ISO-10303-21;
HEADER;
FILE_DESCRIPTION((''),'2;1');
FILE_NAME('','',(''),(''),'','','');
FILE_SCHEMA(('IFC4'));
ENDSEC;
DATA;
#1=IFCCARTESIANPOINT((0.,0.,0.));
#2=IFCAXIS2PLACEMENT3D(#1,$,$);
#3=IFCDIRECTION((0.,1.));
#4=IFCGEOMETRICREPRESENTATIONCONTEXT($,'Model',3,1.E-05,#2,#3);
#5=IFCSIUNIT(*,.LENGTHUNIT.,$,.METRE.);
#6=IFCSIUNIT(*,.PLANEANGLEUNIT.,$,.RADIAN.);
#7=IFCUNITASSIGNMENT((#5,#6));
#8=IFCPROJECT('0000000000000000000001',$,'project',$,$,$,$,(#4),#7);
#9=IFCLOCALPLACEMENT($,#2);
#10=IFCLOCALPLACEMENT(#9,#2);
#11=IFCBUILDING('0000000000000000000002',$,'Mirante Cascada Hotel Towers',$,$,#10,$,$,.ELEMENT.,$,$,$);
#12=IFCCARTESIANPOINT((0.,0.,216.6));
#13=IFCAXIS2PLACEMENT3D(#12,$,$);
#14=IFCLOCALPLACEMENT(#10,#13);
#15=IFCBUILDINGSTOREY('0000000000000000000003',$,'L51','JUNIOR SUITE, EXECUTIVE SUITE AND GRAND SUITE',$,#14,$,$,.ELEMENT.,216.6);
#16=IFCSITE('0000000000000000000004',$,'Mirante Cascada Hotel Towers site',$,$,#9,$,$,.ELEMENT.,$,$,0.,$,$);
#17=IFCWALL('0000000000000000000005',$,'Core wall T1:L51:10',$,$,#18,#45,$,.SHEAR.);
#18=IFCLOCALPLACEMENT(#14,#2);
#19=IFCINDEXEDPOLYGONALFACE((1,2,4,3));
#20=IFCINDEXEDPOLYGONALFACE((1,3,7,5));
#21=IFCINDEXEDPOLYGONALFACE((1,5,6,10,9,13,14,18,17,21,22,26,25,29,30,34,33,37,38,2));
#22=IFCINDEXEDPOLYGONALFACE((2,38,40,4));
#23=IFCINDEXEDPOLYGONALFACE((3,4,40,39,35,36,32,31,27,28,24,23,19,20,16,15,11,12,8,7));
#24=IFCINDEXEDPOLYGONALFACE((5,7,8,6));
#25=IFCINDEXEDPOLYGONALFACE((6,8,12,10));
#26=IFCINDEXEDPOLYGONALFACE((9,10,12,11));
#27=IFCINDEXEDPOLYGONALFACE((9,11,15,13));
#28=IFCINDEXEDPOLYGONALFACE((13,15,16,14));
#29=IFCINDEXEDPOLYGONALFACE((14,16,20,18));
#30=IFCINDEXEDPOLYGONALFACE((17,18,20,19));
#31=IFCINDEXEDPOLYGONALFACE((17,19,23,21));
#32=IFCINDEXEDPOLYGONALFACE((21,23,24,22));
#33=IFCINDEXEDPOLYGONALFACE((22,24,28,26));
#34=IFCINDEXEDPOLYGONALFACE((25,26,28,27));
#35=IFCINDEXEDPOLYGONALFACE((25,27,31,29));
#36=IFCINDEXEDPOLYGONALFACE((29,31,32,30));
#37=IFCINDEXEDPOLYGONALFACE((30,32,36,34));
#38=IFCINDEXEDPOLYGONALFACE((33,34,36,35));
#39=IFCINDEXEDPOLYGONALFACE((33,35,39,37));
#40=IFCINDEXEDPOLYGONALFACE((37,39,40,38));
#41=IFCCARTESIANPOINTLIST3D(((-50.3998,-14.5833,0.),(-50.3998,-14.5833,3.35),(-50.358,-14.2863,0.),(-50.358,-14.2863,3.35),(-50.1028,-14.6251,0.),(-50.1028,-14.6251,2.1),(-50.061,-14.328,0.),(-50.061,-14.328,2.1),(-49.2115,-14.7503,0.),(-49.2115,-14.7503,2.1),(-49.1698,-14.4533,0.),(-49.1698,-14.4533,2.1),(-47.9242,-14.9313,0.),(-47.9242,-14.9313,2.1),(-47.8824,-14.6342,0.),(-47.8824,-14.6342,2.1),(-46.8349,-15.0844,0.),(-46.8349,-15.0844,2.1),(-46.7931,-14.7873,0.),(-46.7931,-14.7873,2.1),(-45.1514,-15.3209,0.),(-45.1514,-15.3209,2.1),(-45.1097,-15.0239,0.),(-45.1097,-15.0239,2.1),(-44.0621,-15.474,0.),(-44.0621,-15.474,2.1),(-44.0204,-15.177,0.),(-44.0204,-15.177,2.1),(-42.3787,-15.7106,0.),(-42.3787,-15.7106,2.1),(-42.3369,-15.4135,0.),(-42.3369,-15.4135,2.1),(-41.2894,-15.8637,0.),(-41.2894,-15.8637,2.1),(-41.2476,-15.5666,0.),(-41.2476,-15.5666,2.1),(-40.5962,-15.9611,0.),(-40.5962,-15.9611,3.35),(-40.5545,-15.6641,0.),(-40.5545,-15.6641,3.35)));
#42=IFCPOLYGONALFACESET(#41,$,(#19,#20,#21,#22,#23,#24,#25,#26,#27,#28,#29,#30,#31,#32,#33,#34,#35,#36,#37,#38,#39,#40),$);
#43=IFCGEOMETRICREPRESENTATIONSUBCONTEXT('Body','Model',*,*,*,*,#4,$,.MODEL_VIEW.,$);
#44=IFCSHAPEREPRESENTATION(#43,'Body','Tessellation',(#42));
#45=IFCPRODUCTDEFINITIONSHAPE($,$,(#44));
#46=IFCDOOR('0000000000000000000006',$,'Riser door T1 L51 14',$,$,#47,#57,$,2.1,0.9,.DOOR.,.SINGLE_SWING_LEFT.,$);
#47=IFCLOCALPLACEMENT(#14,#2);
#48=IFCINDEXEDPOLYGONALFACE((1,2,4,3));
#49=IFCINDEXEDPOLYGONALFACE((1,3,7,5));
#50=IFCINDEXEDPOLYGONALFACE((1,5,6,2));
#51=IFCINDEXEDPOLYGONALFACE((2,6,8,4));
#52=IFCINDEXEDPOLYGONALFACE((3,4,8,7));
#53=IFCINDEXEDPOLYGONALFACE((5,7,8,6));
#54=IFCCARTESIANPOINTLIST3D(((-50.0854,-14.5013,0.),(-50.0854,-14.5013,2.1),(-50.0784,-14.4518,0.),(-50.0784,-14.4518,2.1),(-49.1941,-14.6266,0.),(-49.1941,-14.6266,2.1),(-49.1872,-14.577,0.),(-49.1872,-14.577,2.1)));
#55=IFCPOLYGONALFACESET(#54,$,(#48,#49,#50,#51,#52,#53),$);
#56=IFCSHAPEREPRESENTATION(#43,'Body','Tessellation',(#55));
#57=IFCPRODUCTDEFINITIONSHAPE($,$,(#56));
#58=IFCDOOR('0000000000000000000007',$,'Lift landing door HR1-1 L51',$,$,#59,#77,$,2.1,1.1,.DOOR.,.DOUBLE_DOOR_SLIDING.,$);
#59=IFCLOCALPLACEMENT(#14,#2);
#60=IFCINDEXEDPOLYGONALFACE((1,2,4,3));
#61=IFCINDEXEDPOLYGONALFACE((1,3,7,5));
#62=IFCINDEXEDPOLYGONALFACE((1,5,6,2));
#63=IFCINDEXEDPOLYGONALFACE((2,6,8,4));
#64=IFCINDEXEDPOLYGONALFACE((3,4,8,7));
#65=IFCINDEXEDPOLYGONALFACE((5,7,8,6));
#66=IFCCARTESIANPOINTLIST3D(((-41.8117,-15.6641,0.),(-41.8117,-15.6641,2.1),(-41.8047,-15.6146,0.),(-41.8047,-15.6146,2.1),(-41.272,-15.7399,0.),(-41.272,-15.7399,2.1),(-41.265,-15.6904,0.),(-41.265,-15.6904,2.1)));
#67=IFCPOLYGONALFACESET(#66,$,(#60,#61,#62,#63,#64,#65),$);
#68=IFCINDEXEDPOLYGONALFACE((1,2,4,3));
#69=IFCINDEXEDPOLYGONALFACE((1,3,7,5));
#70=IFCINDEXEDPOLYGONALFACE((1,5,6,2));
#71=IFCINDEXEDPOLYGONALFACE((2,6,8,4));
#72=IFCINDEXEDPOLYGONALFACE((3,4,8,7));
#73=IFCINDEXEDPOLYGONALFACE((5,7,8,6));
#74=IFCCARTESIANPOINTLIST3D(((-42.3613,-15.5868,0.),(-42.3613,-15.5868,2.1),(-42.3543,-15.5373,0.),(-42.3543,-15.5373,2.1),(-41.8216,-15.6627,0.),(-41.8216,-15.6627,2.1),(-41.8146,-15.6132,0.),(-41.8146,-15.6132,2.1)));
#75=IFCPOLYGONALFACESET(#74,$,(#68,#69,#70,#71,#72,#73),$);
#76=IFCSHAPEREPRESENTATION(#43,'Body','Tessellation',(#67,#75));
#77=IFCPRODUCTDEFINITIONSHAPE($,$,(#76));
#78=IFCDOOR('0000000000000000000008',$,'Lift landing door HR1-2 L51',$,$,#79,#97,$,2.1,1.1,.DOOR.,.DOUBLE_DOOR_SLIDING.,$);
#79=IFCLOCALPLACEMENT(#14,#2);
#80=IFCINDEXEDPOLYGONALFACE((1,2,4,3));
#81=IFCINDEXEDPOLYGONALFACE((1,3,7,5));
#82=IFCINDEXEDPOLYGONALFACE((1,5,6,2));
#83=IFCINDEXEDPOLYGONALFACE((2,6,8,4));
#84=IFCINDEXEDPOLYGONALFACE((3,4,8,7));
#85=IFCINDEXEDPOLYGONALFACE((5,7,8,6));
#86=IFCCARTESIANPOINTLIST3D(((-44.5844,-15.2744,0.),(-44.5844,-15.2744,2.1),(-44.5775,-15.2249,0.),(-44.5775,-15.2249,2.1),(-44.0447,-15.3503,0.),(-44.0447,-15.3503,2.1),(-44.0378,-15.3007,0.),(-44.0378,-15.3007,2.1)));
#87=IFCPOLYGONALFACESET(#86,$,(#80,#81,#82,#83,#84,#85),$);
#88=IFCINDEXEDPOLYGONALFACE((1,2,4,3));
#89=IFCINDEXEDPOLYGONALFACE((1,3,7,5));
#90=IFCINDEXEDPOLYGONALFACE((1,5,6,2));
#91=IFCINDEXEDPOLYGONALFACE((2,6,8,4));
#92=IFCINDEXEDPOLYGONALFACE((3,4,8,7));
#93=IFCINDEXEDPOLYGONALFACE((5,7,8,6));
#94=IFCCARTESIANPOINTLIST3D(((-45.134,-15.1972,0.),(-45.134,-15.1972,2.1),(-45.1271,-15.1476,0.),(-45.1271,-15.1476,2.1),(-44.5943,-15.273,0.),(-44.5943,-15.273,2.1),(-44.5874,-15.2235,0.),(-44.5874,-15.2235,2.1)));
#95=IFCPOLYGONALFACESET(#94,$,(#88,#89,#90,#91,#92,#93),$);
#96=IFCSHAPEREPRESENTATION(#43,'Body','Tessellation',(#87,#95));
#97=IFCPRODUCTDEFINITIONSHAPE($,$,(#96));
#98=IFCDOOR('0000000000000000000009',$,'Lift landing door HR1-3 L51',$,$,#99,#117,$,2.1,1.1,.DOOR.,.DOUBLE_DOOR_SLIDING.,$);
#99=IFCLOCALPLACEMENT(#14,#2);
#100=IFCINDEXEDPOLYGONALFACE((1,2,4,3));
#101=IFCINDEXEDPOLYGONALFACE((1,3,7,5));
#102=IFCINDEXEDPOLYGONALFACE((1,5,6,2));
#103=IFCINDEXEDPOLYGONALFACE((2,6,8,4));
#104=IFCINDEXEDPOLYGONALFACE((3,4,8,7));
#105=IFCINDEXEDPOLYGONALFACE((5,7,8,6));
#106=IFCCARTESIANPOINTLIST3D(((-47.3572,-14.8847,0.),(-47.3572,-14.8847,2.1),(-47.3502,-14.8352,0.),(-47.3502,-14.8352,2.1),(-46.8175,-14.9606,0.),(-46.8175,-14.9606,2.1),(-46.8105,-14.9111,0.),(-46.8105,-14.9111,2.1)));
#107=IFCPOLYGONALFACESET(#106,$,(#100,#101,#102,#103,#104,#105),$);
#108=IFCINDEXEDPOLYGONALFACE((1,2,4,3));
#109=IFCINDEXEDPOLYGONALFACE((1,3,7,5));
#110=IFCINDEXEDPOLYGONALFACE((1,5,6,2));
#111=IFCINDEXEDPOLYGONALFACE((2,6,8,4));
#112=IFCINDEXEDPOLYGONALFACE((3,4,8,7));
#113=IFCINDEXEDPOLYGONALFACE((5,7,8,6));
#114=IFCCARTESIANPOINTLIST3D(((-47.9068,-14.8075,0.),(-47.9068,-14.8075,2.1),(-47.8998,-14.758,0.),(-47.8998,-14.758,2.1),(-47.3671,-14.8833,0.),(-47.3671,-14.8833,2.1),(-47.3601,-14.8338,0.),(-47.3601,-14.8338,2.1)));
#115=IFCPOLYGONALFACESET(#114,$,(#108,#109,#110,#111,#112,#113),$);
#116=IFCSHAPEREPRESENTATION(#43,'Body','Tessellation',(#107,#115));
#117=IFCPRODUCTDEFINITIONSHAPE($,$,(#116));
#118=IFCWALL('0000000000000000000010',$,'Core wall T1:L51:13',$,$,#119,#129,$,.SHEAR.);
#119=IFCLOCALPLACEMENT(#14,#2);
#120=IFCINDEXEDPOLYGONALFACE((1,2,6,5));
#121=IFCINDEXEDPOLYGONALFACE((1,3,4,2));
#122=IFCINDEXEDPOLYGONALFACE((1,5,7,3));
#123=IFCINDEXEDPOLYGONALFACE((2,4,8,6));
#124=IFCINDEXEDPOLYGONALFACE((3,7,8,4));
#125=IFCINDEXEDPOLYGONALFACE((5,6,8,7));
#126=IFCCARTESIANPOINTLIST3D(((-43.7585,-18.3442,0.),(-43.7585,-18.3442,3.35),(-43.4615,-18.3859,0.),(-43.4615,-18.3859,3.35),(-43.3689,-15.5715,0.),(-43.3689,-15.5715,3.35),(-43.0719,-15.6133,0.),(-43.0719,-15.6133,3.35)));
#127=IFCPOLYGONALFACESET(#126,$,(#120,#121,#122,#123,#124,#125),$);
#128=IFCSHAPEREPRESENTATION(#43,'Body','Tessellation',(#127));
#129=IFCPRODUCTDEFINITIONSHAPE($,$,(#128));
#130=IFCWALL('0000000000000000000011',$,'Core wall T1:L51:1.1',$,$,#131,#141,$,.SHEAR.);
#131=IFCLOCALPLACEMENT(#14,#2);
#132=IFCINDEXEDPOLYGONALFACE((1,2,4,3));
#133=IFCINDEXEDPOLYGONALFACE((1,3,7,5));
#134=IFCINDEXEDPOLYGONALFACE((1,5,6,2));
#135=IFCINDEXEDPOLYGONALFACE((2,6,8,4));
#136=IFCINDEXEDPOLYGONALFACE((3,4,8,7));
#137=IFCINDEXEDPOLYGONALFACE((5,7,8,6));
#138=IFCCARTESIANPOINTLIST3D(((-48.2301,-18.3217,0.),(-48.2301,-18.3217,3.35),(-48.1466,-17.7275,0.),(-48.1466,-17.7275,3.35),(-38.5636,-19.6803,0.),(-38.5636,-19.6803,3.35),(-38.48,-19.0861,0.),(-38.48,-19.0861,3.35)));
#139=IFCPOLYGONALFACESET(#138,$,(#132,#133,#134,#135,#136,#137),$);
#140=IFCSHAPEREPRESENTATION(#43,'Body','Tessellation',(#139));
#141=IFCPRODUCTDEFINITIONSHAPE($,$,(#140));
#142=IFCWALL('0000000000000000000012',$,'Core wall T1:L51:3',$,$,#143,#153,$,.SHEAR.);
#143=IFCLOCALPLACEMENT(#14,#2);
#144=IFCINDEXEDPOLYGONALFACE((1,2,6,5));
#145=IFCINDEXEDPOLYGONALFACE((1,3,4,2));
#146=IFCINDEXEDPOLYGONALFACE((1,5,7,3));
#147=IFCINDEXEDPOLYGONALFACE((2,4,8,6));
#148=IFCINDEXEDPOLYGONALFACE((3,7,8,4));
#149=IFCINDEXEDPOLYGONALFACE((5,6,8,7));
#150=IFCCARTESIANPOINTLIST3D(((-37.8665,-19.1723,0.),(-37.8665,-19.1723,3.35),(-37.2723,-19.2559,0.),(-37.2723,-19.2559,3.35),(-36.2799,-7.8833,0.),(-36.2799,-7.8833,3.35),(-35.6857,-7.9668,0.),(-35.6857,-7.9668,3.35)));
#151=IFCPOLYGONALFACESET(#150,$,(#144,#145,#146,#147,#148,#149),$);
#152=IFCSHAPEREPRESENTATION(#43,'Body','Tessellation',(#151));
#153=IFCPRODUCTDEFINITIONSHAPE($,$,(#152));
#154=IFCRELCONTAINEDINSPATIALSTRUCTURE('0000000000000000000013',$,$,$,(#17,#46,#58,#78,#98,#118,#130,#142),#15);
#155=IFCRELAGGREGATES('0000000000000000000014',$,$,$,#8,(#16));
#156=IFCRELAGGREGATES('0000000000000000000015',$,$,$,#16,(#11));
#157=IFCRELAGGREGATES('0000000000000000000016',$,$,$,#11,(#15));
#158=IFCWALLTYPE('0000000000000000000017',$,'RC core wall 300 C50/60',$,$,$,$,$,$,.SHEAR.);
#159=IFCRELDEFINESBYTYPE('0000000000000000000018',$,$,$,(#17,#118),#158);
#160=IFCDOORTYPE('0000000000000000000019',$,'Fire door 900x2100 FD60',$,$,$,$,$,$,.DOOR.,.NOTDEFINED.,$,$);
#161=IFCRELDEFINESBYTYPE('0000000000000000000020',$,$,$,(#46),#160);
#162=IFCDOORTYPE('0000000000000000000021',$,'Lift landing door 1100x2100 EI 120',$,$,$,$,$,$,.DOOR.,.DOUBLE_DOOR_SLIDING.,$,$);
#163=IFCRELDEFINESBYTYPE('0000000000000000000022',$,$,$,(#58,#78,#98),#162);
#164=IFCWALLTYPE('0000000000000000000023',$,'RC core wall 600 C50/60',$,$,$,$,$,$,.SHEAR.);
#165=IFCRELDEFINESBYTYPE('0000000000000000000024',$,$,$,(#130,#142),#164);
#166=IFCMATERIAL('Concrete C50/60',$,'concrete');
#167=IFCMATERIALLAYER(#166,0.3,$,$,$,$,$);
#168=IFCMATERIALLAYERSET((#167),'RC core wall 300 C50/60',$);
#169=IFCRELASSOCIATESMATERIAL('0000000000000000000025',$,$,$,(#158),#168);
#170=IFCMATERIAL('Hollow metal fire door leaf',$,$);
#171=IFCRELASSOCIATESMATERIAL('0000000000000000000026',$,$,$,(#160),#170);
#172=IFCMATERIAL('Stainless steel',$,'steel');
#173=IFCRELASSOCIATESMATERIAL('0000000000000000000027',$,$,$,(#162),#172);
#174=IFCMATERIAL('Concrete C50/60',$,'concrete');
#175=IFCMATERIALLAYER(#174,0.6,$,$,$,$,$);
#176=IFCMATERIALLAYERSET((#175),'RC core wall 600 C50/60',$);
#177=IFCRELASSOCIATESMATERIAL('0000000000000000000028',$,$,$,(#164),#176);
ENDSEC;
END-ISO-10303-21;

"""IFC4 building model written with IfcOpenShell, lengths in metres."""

from ifc_helpers import new_model, si_unit, direction, frame, frame_2d, origin, place, context, subcontext, project, spatial, rectangle, extrude, material, layer, layer_set, type_object, element, fill, save


model = new_model("IFC4")

# Units and contexts
model_context = context("Model", 3, precision=1e-05, world=origin(), true_north=direction((0.0, 1.0)))
body_context = subcontext(model_context, "Body", "Model", "MODEL_VIEW")
ifc_project = project(units=[si_unit("LENGTHUNIT", "METRE"), si_unit("PLANEANGLEUNIT", "RADIAN")], contexts=[model_context])

# Site, building, storey
site_placement = place(None, origin())
site = spatial("IfcSite", under=ifc_project, at=site_placement, Name="Mirante Cascada Hotel Towers site", CompositionType="ELEMENT", RefElevation=0.0)
building_placement = place(site_placement, origin())
building = spatial("IfcBuilding", under=site, at=building_placement, Name="Mirante Cascada Hotel Towers", CompositionType="ELEMENT")
storey_placement = place(building_placement, frame((0.0, 0.0, 216.6)))
storey = spatial("IfcBuildingStorey", under=building, at=storey_placement, Name="L51", Description="JUNIOR SUITE, EXECUTIVE SUITE AND GRAND SUITE", CompositionType="ELEMENT", Elevation=216.6)

# Shared definitions
ifc_material_1 = material(Name="Concrete C50/60", Category="concrete")
ifc_layer_1 = layer(ifc_material_1, 0.3)
ifc_layer_set_1 = layer_set([ifc_layer_1], Name="RC core wall 300 C50/60")
wall_type_1 = type_object("IfcWallType", Name="RC core wall 300 C50/60", PredefinedType="SHEAR", material=ifc_layer_set_1)

# Wall, openings, doors
wall_1_placement = place(storey_placement, frame((-40.5753, -15.8126, 0.0), z_axis=(0.0, 0.0, 1.0), x_axis=(-0.990268, 0.139173, 0.0)))
wall_1 = element("IfcWall", 1, at=wall_1_placement, inside=storey, type_object=wall_type_1, Name="Core wall T1:L51:10", PredefinedType="SHEAR", context=body_context, shape_type="SweptSolid", body=[
    extrude(rectangle(XDim=9.8999, YDim=0.3, at=frame_2d((4.95, 0.0))), origin(), (0.0, 0.0, 1.0), 3.35),
])
opening_1_placement = place(wall_1_placement, frame((0.7, 0.0, 0.0)))
opening_1 = element("IfcOpeningElement", 2, at=opening_1_placement, cuts=wall_1, PredefinedType="OPENING", context=body_context, shape_type="SweptSolid", body=[
    extrude(rectangle(XDim=1.1, YDim=2.1, at=frame_2d((0.55, 1.05))), frame((0.0, 0.15, 0.0), z_axis=(0.0, -1.0, 0.0), x_axis=(1.0, 0.0, 0.0)), (0.0, 0.0, 1.0), 0.3),
])
opening_2_placement = place(wall_1_placement, frame((3.5, 0.0, 0.0)))
opening_2 = element("IfcOpeningElement", 3, at=opening_2_placement, cuts=wall_1, PredefinedType="OPENING", context=body_context, shape_type="SweptSolid", body=[
    extrude(rectangle(XDim=1.1, YDim=2.1, at=frame_2d((0.55, 1.05))), frame((0.0, 0.15, 0.0), z_axis=(0.0, -1.0, 0.0), x_axis=(1.0, 0.0, 0.0)), (0.0, 0.0, 1.0), 0.3),
])
opening_3_placement = place(wall_1_placement, frame((6.3, 0.0, 0.0)))
opening_3 = element("IfcOpeningElement", 4, at=opening_3_placement, cuts=wall_1, PredefinedType="OPENING", context=body_context, shape_type="SweptSolid", body=[
    extrude(rectangle(XDim=1.1, YDim=2.1, at=frame_2d((0.55, 1.05))), frame((0.0, 0.15, 0.0), z_axis=(0.0, -1.0, 0.0), x_axis=(1.0, 0.0, 0.0)), (0.0, 0.0, 1.0), 0.3),
])
opening_4_placement = place(wall_1_placement, frame((8.7, 0.0, 0.0)))
opening_4 = element("IfcOpeningElement", 5, at=opening_4_placement, cuts=wall_1, PredefinedType="OPENING", context=body_context, shape_type="SweptSolid", body=[
    extrude(rectangle(XDim=0.9, YDim=2.1, at=frame_2d((0.45, 1.05))), frame((0.0, 0.15, 0.0), z_axis=(0.0, -1.0, 0.0), x_axis=(1.0, 0.0, 0.0)), (0.0, 0.0, 1.0), 0.3),
])
ifc_material_2 = material(Name="Hollow metal fire door leaf")
door_type_1 = type_object("IfcDoorType", Name="Fire door 900x2100 FD60", OperationType="NOTDEFINED", PredefinedType="DOOR", material=ifc_material_2)
door_1_placement = place(opening_4_placement, origin())
door_1 = element("IfcDoor", 6, at=door_1_placement, inside=storey, type_object=door_type_1, Name="Riser door T1 L51 14", OperationType="SINGLE_SWING_LEFT", OverallHeight=2.1, OverallWidth=0.9, PredefinedType="DOOR", context=body_context, shape_type="SweptSolid", body=[
    extrude(rectangle(XDim=0.9, YDim=2.1, at=frame_2d((0.45, 1.05))), frame((0.0, 0.025, 0.0), z_axis=(0.0, -1.0, 0.0), x_axis=(1.0, 0.0, 0.0)), (0.0, 0.0, 1.0), 0.05),
])
fill(opening_4, door_1)
ifc_material_3 = material(Name="Stainless steel", Category="steel")
door_type_2 = type_object("IfcDoorType", Name="Lift landing door 1100x2100 EI 120", OperationType="DOUBLE_DOOR_SLIDING", PredefinedType="DOOR", material=ifc_material_3)
door_2_placement = place(opening_1_placement, origin())
door_2 = element("IfcDoor", 7, at=door_2_placement, inside=storey, type_object=door_type_2, Name="Lift landing door HR1-1 L51", OperationType="DOUBLE_DOOR_SLIDING", OverallHeight=2.1, OverallWidth=1.1, PredefinedType="DOOR", context=body_context, shape_type="SweptSolid", body=[
    extrude(rectangle(XDim=0.545, YDim=2.1, at=frame_2d((0.2725, 1.05))), frame((0.0, 0.025, 0.0), z_axis=(0.0, -1.0, 0.0), x_axis=(1.0, 0.0, 0.0)), (0.0, 0.0, 1.0), 0.05),
    extrude(rectangle(XDim=0.545, YDim=2.1, at=frame_2d((0.8275, 1.05))), frame((0.0, 0.025, 0.0), z_axis=(0.0, -1.0, 0.0), x_axis=(1.0, 0.0, 0.0)), (0.0, 0.0, 1.0), 0.05),
])
fill(opening_1, door_2)
door_3_placement = place(opening_2_placement, origin())
door_3 = element("IfcDoor", 8, at=door_3_placement, inside=storey, type_object=door_type_2, Name="Lift landing door HR1-2 L51", OperationType="DOUBLE_DOOR_SLIDING", OverallHeight=2.1, OverallWidth=1.1, PredefinedType="DOOR", context=body_context, shape_type="SweptSolid", body=[
    extrude(rectangle(XDim=0.545, YDim=2.1, at=frame_2d((0.2725, 1.05))), frame((0.0, 0.025, 0.0), z_axis=(0.0, -1.0, 0.0), x_axis=(1.0, 0.0, 0.0)), (0.0, 0.0, 1.0), 0.05),
    extrude(rectangle(XDim=0.545, YDim=2.1, at=frame_2d((0.8275, 1.05))), frame((0.0, 0.025, 0.0), z_axis=(0.0, -1.0, 0.0), x_axis=(1.0, 0.0, 0.0)), (0.0, 0.0, 1.0), 0.05),
])
fill(opening_2, door_3)
door_4_placement = place(opening_3_placement, origin())
door_4 = element("IfcDoor", 9, at=door_4_placement, inside=storey, type_object=door_type_2, Name="Lift landing door HR1-3 L51", OperationType="DOUBLE_DOOR_SLIDING", OverallHeight=2.1, OverallWidth=1.1, PredefinedType="DOOR", context=body_context, shape_type="SweptSolid", body=[
    extrude(rectangle(XDim=0.545, YDim=2.1, at=frame_2d((0.2725, 1.05))), frame((0.0, 0.025, 0.0), z_axis=(0.0, -1.0, 0.0), x_axis=(1.0, 0.0, 0.0)), (0.0, 0.0, 1.0), 0.05),
    extrude(rectangle(XDim=0.545, YDim=2.1, at=frame_2d((0.8275, 1.05))), frame((0.0, 0.025, 0.0), z_axis=(0.0, -1.0, 0.0), x_axis=(1.0, 0.0, 0.0)), (0.0, 0.0, 1.0), 0.05),
])
fill(opening_3, door_4)

# Walls
wall_2_placement = place(storey_placement, frame((-43.61, -18.3651, 0.0), z_axis=(0.0, 0.0, 1.0), x_axis=(0.139146, 0.990272, 0.0)))
element("IfcWall", 10, at=wall_2_placement, inside=storey, type_object=wall_type_1, Name="Core wall T1:L51:13", PredefinedType="SHEAR", context=body_context, shape_type="SweptSolid", body=[
    extrude(rectangle(XDim=2.7999, YDim=0.3, at=frame_2d((1.4, 0.0))), origin(), (0.0, 0.0, 1.0), 3.35),
])
ifc_material_4 = material(Name="Concrete C50/60", Category="concrete")
ifc_layer_2 = layer(ifc_material_4, 0.6)
ifc_layer_set_2 = layer_set([ifc_layer_2], Name="RC core wall 600 C50/60")
wall_type_2 = type_object("IfcWallType", Name="RC core wall 600 C50/60", PredefinedType="SHEAR", material=ifc_layer_set_2)
wall_3_placement = place(storey_placement, frame((-38.5218, -19.3832, 0.0), z_axis=(0.0, 0.0, 1.0), x_axis=(-0.990267, 0.139178, 0.0)))
element("IfcWall", 11, at=wall_3_placement, inside=storey, type_object=wall_type_2, Name="Core wall T1:L51:1.1", PredefinedType="SHEAR", context=body_context, shape_type="SweptSolid", body=[
    extrude(rectangle(XDim=9.7616, YDim=0.6, at=frame_2d((4.8808, 0.0))), origin(), (0.0, 0.0, 1.0), 3.35),
])
wall_4_placement = place(storey_placement, frame((-37.5694, -19.2141, 0.0), z_axis=(0.0, 0.0, 1.0), x_axis=(0.139175, 0.990268, 0.0)))
element("IfcWall", 12, at=wall_4_placement, inside=storey, type_object=wall_type_2, Name="Core wall T1:L51:3", PredefinedType="SHEAR", context=body_context, shape_type="SweptSolid", body=[
    extrude(rectangle(XDim=11.4, YDim=0.6, at=frame_2d((5.7, 0.0))), origin(), (0.0, 0.0, 1.0), 3.35),
])

save(model, "model.ifc")
